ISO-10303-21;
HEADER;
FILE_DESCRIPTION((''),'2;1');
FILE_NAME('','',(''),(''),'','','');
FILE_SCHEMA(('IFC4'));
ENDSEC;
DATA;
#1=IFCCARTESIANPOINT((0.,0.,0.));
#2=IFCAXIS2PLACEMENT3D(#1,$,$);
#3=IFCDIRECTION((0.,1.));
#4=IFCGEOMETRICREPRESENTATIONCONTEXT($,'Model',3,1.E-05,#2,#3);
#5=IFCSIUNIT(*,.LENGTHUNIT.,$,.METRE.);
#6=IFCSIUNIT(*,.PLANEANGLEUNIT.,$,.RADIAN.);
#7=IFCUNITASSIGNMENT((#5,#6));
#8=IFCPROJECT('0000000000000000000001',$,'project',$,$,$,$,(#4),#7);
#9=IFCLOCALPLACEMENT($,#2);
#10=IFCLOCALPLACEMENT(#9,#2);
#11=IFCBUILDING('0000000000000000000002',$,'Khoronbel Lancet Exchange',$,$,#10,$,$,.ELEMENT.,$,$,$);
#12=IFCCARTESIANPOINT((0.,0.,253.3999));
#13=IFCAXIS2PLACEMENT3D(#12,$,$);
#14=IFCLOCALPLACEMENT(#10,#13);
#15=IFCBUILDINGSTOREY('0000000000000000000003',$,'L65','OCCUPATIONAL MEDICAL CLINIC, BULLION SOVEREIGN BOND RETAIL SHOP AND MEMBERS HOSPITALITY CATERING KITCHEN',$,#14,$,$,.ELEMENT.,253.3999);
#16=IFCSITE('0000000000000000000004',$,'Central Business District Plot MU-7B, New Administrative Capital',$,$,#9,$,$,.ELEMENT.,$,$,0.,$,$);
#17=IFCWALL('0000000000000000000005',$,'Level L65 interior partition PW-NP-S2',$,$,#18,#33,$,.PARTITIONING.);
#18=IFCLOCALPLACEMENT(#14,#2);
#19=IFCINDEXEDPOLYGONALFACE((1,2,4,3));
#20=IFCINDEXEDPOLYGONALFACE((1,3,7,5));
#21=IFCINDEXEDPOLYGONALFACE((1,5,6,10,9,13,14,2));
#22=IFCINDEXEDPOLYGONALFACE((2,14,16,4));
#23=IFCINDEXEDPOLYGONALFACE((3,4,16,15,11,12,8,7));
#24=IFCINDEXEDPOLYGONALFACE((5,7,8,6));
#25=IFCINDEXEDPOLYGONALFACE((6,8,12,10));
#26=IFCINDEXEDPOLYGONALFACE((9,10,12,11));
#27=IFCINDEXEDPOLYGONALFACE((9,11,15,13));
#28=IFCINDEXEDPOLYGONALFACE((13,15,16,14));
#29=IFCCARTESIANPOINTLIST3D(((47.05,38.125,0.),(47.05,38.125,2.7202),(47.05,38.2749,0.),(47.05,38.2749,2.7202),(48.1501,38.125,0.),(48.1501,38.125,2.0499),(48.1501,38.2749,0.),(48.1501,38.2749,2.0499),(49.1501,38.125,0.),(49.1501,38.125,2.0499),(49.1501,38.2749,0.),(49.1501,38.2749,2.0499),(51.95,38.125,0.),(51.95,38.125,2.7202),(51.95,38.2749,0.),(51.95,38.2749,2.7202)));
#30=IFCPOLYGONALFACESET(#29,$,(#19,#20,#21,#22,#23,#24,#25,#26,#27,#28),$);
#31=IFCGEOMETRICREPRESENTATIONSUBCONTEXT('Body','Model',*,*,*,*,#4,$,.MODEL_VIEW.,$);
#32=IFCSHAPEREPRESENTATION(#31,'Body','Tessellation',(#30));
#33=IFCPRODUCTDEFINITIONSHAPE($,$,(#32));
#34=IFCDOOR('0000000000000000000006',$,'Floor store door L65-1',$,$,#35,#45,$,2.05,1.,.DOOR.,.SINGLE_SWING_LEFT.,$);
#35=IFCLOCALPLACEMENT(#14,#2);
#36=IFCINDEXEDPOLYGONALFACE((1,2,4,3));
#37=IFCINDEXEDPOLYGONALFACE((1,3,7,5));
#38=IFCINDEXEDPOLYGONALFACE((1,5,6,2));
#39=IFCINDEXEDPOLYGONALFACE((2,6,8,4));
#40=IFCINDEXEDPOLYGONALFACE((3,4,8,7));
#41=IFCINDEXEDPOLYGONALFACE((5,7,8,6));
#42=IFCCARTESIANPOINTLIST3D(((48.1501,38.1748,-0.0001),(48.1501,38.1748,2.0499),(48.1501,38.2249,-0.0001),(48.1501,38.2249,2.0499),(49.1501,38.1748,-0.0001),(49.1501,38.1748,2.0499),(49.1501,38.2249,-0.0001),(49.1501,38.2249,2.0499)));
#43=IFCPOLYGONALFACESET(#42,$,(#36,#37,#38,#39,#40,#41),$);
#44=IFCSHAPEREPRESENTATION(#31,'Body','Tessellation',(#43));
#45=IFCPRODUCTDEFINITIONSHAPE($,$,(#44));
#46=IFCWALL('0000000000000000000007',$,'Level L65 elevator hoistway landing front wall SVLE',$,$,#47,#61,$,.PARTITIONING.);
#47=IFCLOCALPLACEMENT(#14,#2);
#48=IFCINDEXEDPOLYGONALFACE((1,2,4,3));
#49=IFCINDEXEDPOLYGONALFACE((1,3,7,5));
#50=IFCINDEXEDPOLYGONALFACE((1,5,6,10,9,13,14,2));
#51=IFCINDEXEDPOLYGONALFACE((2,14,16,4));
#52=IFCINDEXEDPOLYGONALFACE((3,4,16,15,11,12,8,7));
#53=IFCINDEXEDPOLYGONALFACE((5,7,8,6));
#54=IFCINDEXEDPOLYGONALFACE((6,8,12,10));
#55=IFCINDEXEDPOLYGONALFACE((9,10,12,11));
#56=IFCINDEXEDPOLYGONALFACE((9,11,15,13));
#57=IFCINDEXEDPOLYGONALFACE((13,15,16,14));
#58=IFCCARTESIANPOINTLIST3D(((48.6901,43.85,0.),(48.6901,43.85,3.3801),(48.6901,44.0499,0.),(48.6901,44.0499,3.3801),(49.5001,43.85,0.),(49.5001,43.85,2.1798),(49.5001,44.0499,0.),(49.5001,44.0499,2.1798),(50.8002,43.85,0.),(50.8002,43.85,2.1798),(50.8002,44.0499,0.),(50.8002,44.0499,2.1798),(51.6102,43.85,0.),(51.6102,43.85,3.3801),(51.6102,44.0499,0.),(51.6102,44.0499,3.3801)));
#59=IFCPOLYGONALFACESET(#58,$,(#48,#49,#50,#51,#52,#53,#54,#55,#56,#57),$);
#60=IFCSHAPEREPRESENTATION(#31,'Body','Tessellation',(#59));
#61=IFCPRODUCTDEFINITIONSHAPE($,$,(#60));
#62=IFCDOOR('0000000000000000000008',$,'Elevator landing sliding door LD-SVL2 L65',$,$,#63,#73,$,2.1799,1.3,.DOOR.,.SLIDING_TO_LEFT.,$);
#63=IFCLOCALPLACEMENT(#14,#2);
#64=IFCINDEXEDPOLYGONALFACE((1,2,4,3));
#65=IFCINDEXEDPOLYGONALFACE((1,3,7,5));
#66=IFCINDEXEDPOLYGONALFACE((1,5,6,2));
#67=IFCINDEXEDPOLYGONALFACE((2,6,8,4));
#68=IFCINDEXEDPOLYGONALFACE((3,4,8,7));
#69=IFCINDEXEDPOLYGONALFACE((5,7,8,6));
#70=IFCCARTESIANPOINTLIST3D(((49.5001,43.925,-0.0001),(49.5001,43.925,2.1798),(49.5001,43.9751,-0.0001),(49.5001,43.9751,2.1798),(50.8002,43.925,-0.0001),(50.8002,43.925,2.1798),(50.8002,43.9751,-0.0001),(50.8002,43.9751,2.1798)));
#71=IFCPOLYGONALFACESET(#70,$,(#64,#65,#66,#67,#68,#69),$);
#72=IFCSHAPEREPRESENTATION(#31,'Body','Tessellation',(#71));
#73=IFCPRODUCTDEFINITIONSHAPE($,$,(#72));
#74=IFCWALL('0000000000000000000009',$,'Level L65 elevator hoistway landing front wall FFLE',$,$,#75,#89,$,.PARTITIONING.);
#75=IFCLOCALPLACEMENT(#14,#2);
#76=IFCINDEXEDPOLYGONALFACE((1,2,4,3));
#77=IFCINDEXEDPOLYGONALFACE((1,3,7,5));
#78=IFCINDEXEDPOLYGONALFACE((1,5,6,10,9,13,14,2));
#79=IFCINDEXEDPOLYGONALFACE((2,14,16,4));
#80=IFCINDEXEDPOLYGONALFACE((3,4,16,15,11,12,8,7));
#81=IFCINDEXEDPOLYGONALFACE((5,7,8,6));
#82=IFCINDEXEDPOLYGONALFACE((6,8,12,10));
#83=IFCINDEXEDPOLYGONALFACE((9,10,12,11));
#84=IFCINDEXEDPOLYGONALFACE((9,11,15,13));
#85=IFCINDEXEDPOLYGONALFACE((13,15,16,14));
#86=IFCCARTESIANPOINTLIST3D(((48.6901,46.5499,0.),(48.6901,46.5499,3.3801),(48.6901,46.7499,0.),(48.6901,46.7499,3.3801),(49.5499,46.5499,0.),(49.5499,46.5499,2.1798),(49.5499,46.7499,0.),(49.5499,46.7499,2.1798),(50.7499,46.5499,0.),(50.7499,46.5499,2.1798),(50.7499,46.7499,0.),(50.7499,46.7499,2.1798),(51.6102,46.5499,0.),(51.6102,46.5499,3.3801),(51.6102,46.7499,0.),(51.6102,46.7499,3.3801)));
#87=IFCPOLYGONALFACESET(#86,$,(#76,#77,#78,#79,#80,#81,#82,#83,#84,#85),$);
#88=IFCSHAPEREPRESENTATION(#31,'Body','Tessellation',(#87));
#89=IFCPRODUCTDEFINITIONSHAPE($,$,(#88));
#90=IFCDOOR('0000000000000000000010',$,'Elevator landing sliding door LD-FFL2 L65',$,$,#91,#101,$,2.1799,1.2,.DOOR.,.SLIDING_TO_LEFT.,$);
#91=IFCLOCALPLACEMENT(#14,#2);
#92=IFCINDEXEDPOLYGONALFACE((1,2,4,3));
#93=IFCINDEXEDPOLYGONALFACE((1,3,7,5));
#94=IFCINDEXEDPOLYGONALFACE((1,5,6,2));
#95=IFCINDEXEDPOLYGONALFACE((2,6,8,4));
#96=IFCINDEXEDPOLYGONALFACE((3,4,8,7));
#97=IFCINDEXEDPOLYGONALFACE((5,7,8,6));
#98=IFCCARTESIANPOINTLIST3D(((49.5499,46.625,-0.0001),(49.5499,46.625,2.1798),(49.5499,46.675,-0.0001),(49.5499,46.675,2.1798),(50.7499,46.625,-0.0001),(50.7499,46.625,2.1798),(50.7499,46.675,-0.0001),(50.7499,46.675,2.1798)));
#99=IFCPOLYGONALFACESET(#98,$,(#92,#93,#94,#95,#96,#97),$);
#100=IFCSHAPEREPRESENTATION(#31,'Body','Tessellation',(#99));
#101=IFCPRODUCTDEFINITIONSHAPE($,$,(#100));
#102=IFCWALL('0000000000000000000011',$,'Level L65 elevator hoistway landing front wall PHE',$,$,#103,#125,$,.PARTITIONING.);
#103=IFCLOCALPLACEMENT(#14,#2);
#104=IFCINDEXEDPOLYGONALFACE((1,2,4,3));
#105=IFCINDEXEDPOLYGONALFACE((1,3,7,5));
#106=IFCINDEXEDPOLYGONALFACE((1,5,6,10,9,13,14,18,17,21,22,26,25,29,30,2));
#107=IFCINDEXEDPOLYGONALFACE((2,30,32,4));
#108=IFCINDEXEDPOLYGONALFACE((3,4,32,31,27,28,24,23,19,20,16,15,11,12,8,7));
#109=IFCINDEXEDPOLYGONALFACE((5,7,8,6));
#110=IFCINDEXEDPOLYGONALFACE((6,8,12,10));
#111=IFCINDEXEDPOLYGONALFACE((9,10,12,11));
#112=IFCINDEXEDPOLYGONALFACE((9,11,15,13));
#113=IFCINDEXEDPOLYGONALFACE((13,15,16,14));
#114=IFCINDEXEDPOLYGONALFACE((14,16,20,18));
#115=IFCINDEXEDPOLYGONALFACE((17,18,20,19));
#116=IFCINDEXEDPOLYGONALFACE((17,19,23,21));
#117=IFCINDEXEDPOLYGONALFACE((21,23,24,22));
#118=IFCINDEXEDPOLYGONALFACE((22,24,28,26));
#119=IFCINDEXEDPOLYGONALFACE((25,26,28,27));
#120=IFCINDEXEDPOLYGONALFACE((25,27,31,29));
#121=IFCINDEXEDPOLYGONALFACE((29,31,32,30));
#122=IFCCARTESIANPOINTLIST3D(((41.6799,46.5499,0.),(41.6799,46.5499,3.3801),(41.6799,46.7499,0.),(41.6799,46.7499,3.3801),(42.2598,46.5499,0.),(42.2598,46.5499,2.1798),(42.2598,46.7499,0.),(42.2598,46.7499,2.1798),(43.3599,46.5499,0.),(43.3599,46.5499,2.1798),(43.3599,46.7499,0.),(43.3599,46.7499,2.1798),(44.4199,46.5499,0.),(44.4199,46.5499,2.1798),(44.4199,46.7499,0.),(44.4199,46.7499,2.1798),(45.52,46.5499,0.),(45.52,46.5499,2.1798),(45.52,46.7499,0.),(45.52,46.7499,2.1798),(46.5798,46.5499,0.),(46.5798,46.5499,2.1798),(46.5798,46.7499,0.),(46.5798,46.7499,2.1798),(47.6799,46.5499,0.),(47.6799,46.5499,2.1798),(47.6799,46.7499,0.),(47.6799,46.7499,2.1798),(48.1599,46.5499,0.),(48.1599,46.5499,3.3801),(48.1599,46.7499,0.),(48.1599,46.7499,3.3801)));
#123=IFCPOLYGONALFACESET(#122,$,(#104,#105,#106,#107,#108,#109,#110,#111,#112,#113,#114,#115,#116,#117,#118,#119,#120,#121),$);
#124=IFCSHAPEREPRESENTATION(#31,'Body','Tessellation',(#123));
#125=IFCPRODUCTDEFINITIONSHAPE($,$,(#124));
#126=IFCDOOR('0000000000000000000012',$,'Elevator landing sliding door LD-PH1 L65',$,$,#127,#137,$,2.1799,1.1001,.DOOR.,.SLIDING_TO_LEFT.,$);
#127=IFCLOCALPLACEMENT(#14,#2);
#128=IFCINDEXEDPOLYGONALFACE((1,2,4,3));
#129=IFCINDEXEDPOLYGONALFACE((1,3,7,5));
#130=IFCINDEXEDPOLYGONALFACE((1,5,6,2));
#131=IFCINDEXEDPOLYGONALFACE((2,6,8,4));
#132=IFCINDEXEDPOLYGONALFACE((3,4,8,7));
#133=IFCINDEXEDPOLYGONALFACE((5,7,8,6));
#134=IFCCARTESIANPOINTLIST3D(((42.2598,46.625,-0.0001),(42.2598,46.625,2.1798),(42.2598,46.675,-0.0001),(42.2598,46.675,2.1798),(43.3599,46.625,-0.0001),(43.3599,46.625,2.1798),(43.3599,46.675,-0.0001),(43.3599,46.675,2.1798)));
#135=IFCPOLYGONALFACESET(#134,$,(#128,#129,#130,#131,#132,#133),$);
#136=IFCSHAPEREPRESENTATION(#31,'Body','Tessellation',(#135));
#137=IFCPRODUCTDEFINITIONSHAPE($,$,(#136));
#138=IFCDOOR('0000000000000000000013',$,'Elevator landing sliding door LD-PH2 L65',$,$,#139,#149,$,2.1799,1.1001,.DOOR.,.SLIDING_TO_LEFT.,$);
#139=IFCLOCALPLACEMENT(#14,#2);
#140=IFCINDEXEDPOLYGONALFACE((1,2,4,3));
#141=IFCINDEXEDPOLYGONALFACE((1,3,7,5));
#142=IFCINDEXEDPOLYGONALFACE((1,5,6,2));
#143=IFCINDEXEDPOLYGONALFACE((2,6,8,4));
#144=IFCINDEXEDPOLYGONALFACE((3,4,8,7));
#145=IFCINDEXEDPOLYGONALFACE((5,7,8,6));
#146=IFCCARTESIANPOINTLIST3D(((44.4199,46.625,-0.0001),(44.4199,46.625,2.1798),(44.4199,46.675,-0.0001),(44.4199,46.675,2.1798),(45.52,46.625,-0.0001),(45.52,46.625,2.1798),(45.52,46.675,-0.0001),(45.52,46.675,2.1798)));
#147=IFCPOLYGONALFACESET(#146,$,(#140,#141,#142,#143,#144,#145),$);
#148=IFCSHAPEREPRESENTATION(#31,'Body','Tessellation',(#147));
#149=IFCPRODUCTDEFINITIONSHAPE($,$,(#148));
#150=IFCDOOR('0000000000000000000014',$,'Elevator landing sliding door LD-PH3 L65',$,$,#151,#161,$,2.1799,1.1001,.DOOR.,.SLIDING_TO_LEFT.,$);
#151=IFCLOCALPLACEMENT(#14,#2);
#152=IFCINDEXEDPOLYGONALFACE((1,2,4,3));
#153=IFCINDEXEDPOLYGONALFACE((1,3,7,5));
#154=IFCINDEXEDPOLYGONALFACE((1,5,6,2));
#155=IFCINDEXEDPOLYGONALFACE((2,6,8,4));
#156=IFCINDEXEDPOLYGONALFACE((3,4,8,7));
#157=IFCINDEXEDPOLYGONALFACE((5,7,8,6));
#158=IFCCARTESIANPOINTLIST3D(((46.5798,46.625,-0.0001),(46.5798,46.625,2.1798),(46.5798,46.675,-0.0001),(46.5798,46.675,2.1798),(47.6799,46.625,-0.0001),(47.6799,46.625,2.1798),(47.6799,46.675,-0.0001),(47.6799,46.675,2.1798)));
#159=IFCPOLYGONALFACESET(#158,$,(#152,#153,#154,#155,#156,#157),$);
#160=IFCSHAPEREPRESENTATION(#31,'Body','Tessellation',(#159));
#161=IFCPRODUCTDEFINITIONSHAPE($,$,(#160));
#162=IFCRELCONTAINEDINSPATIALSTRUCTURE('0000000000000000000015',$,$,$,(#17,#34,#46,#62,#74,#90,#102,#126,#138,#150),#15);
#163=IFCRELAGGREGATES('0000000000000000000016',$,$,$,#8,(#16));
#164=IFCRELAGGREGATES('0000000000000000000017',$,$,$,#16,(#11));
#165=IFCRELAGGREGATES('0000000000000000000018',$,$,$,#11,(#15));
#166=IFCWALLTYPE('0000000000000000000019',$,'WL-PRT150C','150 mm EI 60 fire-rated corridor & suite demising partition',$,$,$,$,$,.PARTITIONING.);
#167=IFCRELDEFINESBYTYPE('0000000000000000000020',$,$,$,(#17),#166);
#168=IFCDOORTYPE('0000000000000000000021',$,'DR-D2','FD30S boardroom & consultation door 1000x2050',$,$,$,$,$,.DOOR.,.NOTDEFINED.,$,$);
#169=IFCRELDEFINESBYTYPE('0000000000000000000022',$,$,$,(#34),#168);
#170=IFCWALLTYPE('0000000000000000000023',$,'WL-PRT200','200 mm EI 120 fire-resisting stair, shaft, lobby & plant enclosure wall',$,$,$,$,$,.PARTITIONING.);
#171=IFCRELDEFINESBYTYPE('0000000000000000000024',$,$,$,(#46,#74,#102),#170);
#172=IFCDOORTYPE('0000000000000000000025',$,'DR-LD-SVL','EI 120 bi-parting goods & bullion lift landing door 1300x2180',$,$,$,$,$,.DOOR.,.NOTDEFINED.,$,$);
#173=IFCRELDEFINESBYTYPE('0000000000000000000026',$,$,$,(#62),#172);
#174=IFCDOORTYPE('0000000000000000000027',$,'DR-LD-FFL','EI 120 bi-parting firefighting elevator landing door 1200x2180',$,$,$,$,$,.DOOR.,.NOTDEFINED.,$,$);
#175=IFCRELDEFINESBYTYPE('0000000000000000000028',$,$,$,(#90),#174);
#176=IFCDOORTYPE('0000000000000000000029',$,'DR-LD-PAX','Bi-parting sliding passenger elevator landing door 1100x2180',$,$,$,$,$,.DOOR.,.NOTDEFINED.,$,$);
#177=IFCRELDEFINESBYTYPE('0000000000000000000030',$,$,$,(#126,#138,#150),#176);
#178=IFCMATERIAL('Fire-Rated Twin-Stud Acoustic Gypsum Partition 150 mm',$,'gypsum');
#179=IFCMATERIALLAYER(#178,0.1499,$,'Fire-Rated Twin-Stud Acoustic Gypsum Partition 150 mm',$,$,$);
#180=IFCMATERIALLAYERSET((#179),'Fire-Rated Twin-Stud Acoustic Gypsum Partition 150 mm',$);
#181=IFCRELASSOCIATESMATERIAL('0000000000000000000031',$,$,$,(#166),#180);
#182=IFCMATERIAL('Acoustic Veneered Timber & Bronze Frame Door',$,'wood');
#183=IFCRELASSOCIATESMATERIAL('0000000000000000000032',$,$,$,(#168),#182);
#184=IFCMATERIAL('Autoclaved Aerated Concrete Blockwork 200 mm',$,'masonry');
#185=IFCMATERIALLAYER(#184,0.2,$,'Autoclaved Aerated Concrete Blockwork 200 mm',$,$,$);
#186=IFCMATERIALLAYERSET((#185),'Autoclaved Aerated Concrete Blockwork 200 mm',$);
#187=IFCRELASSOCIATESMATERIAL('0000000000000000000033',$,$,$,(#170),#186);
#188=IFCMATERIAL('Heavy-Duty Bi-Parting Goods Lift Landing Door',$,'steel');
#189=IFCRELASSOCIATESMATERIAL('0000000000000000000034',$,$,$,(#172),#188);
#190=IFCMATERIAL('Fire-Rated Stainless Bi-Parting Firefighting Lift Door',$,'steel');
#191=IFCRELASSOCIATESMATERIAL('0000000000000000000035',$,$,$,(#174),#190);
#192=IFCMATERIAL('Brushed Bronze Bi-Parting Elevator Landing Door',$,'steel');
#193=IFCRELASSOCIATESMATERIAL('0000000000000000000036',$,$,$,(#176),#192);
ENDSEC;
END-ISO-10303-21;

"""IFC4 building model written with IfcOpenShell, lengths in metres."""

from ifc_helpers import new_model, si_unit, direction, frame, frame_2d, origin, place, context, subcontext, project, spatial, rectangle, extrude, material, layer, layer_set, type_object, element, fill, save


model = new_model("IFC4")

# Units and contexts
model_context = context("Model", 3, precision=1e-05, world=origin(), true_north=direction((0.0, 1.0)))
body_context = subcontext(model_context, "Body", "Model", "MODEL_VIEW")
ifc_project = project(units=[si_unit("LENGTHUNIT", "METRE"), si_unit("PLANEANGLEUNIT", "RADIAN")], contexts=[model_context])

# Site, building, storey
site_placement = place(None, origin())
site = spatial("IfcSite", under=ifc_project, at=site_placement, Name="Central Business District Plot MU-7B, New Administrative Capital", CompositionType="ELEMENT", RefElevation=0.0)
building_placement = place(site_placement, origin())
building = spatial("IfcBuilding", under=site, at=building_placement, Name="Khoronbel Lancet Exchange", CompositionType="ELEMENT")
storey_placement = place(building_placement, frame((0.0, 0.0, 253.3999)))
storey = spatial("IfcBuildingStorey", under=building, at=storey_placement, Name="L65", Description="OCCUPATIONAL MEDICAL CLINIC, BULLION SOVEREIGN BOND RETAIL SHOP AND MEMBERS HOSPITALITY CATERING KITCHEN", CompositionType="ELEMENT", Elevation=253.3999)

# Walls, openings, doors
ifc_material_1 = material(Name="Fire-Rated Twin-Stud Acoustic Gypsum Partition 150 mm", Category="gypsum")
ifc_layer_1 = layer(ifc_material_1, 0.1499, Name="Fire-Rated Twin-Stud Acoustic Gypsum Partition 150 mm")
ifc_layer_set_1 = layer_set([ifc_layer_1], Name="Fire-Rated Twin-Stud Acoustic Gypsum Partition 150 mm")
wall_type_1 = type_object("IfcWallType", Name="WL-PRT150C", Description="150 mm EI 60 fire-rated corridor & suite demising partition", PredefinedType="PARTITIONING", material=ifc_layer_set_1)
wall_1_placement = place(storey_placement, frame((47.05, 38.2, 0.0), z_axis=(0.0, 0.0, 1.0), x_axis=(1.0, 0.0, 0.0)))
wall_1 = element("IfcWall", 1, at=wall_1_placement, inside=storey, type_object=wall_type_1, Name="Level L65 interior partition PW-NP-S2", PredefinedType="PARTITIONING", context=body_context, shape_type="SweptSolid", body=[
    extrude(rectangle(XDim=4.8999, YDim=0.1499, at=frame_2d((2.45, 0.0))), origin(), (0.0, 0.0, 1.0), 2.7202),
])
opening_1_placement = place(wall_1_placement, frame((1.1001, 0.0, 0.0)))
opening_1 = element("IfcOpeningElement", 2, at=opening_1_placement, cuts=wall_1, PredefinedType="OPENING", context=body_context, shape_type="SweptSolid", body=[
    extrude(rectangle(XDim=1.0, YDim=2.05, at=frame_2d((0.5, 1.0249))), frame((0.0, 0.085, 0.0), z_axis=(0.0, -1.0, 0.0), x_axis=(1.0, 0.0, 0.0)), (0.0, 0.0, 1.0), 0.1699),
])
ifc_material_2 = material(Name="Acoustic Veneered Timber & Bronze Frame Door", Category="wood")
door_type_1 = type_object("IfcDoorType", Name="DR-D2", Description="FD30S boardroom & consultation door 1000x2050", OperationType="NOTDEFINED", PredefinedType="DOOR", material=ifc_material_2)
door_1_placement = place(opening_1_placement, origin())
door_1 = element("IfcDoor", 3, at=door_1_placement, inside=storey, type_object=door_type_1, Name="Floor store door L65-1", OperationType="SINGLE_SWING_LEFT", OverallHeight=2.05, OverallWidth=1.0, PredefinedType="DOOR", context=body_context, shape_type="SweptSolid", body=[
    extrude(rectangle(XDim=1.0, YDim=2.05, at=frame_2d((0.5, 1.0249))), frame((0.0, 0.0249, 0.0), z_axis=(0.0, -1.0, 0.0), x_axis=(1.0, 0.0, 0.0)), (0.0, 0.0, 1.0), 0.05),
])
fill(opening_1, door_1)
ifc_material_3 = material(Name="Autoclaved Aerated Concrete Blockwork 200 mm", Category="masonry")
ifc_layer_2 = layer(ifc_material_3, 0.2, Name="Autoclaved Aerated Concrete Blockwork 200 mm")
ifc_layer_set_2 = layer_set([ifc_layer_2], Name="Autoclaved Aerated Concrete Blockwork 200 mm")
wall_type_2 = type_object("IfcWallType", Name="WL-PRT200", Description="200 mm EI 120 fire-resisting stair, shaft, lobby & plant enclosure wall", PredefinedType="PARTITIONING", material=ifc_layer_set_2)
wall_2_placement = place(storey_placement, frame((51.6101, 43.95, 0.0), z_axis=(0.0, 0.0, 1.0), x_axis=(-1.0, 0.0, 0.0)))
wall_2 = element("IfcWall", 4, at=wall_2_placement, inside=storey, type_object=wall_type_2, Name="Level L65 elevator hoistway landing front wall SVLE", PredefinedType="PARTITIONING", context=body_context, shape_type="SweptSolid", body=[
    extrude(rectangle(XDim=2.9202, YDim=0.2, at=frame_2d((1.46, 0.0))), origin(), (0.0, 0.0, 1.0), 3.3801),
])
opening_2_placement = place(wall_2_placement, frame((0.8101, 0.0, 0.0)))
opening_2 = element("IfcOpeningElement", 5, at=opening_2_placement, cuts=wall_2, PredefinedType="OPENING", context=body_context, shape_type="SweptSolid", body=[
    extrude(rectangle(XDim=1.3, YDim=2.1799, at=frame_2d((0.6499, 1.0898))), frame((0.0, 0.1099, 0.0), z_axis=(0.0, -1.0, 0.0), x_axis=(1.0, 0.0, 0.0)), (0.0, 0.0, 1.0), 0.22),
])
ifc_material_4 = material(Name="Heavy-Duty Bi-Parting Goods Lift Landing Door", Category="steel")
door_type_2 = type_object("IfcDoorType", Name="DR-LD-SVL", Description="EI 120 bi-parting goods & bullion lift landing door 1300x2180", OperationType="NOTDEFINED", PredefinedType="DOOR", material=ifc_material_4)
door_2_placement = place(opening_2_placement, origin())
door_2 = element("IfcDoor", 6, at=door_2_placement, inside=storey, type_object=door_type_2, Name="Elevator landing sliding door LD-SVL2 L65", OperationType="SLIDING_TO_LEFT", OverallHeight=2.1799, OverallWidth=1.3, PredefinedType="DOOR", context=body_context, shape_type="SweptSolid", body=[
    extrude(rectangle(XDim=1.3, YDim=2.1799, at=frame_2d((0.6499, 1.0898))), frame((0.0, 0.0249, 0.0), z_axis=(0.0, -1.0, 0.0), x_axis=(1.0, 0.0, 0.0)), (0.0, 0.0, 1.0), 0.05),
])
fill(opening_2, door_2)
wall_3_placement = place(storey_placement, frame((51.6101, 46.6499, 0.0), z_axis=(0.0, 0.0, 1.0), x_axis=(-1.0, 0.0, 0.0)))
wall_3 = element("IfcWall", 7, at=wall_3_placement, inside=storey, type_object=wall_type_2, Name="Level L65 elevator hoistway landing front wall FFLE", PredefinedType="PARTITIONING", context=body_context, shape_type="SweptSolid", body=[
    extrude(rectangle(XDim=2.9202, YDim=0.2, at=frame_2d((1.46, 0.0))), origin(), (0.0, 0.0, 1.0), 3.3801),
])
opening_3_placement = place(wall_3_placement, frame((0.8601, 0.0, 0.0)))
opening_3 = element("IfcOpeningElement", 8, at=opening_3_placement, cuts=wall_3, PredefinedType="OPENING", context=body_context, shape_type="SweptSolid", body=[
    extrude(rectangle(XDim=1.2, YDim=2.1799, at=frame_2d((0.6001, 1.0898))), frame((0.0, 0.1099, 0.0), z_axis=(0.0, -1.0, 0.0), x_axis=(1.0, 0.0, 0.0)), (0.0, 0.0, 1.0), 0.22),
])
ifc_material_5 = material(Name="Fire-Rated Stainless Bi-Parting Firefighting Lift Door", Category="steel")
door_type_3 = type_object("IfcDoorType", Name="DR-LD-FFL", Description="EI 120 bi-parting firefighting elevator landing door 1200x2180", OperationType="NOTDEFINED", PredefinedType="DOOR", material=ifc_material_5)
door_3_placement = place(opening_3_placement, origin())
door_3 = element("IfcDoor", 9, at=door_3_placement, inside=storey, type_object=door_type_3, Name="Elevator landing sliding door LD-FFL2 L65", OperationType="SLIDING_TO_LEFT", OverallHeight=2.1799, OverallWidth=1.2, PredefinedType="DOOR", context=body_context, shape_type="SweptSolid", body=[
    extrude(rectangle(XDim=1.2, YDim=2.1799, at=frame_2d((0.6001, 1.0898))), frame((0.0, 0.0249, 0.0), z_axis=(0.0, -1.0, 0.0), x_axis=(1.0, 0.0, 0.0)), (0.0, 0.0, 1.0), 0.05),
])
fill(opening_3, door_3)

# Wall, openings, doors
wall_4_placement = place(storey_placement, frame((48.1599, 46.6499, 0.0), z_axis=(0.0, 0.0, 1.0), x_axis=(-1.0, 0.0, 0.0)))
wall_4 = element("IfcWall", 10, at=wall_4_placement, inside=storey, type_object=wall_type_2, Name="Level L65 elevator hoistway landing front wall PHE", PredefinedType="PARTITIONING", context=body_context, shape_type="SweptSolid", body=[
    extrude(rectangle(XDim=6.48, YDim=0.2, at=frame_2d((3.24, 0.0))), origin(), (0.0, 0.0, 1.0), 3.3801),
])
opening_4_placement = place(wall_4_placement, frame((4.8, 0.0, 0.0)))
opening_4 = element("IfcOpeningElement", 11, at=opening_4_placement, cuts=wall_4, PredefinedType="OPENING", context=body_context, shape_type="SweptSolid", body=[
    extrude(rectangle(XDim=1.1001, YDim=2.1799, at=frame_2d((0.55, 1.0898))), frame((0.0, 0.1099, 0.0), z_axis=(0.0, -1.0, 0.0), x_axis=(1.0, 0.0, 0.0)), (0.0, 0.0, 1.0), 0.22),
])
opening_5_placement = place(wall_4_placement, frame((2.6399, 0.0, 0.0)))
opening_5 = element("IfcOpeningElement", 12, at=opening_5_placement, cuts=wall_4, PredefinedType="OPENING", context=body_context, shape_type="SweptSolid", body=[
    extrude(rectangle(XDim=1.1001, YDim=2.1799, at=frame_2d((0.55, 1.0898))), frame((0.0, 0.1099, 0.0), z_axis=(0.0, -1.0, 0.0), x_axis=(1.0, 0.0, 0.0)), (0.0, 0.0, 1.0), 0.22),
])
opening_6_placement = place(wall_4_placement, frame((0.48, 0.0, 0.0)))
opening_6 = element("IfcOpeningElement", 13, at=opening_6_placement, cuts=wall_4, PredefinedType="OPENING", context=body_context, shape_type="SweptSolid", body=[
    extrude(rectangle(XDim=1.1001, YDim=2.1799, at=frame_2d((0.55, 1.0898))), frame((0.0, 0.1099, 0.0), z_axis=(0.0, -1.0, 0.0), x_axis=(1.0, 0.0, 0.0)), (0.0, 0.0, 1.0), 0.22),
])
ifc_material_6 = material(Name="Brushed Bronze Bi-Parting Elevator Landing Door", Category="steel")
door_type_4 = type_object("IfcDoorType", Name="DR-LD-PAX", Description="Bi-parting sliding passenger elevator landing door 1100x2180", OperationType="NOTDEFINED", PredefinedType="DOOR", material=ifc_material_6)
door_4_placement = place(opening_4_placement, origin())
door_4 = element("IfcDoor", 14, at=door_4_placement, inside=storey, type_object=door_type_4, Name="Elevator landing sliding door LD-PH1 L65", OperationType="SLIDING_TO_LEFT", OverallHeight=2.1799, OverallWidth=1.1001, PredefinedType="DOOR", context=body_context, shape_type="SweptSolid", body=[
    extrude(rectangle(XDim=1.1001, YDim=2.1799, at=frame_2d((0.55, 1.0898))), frame((0.0, 0.0249, 0.0), z_axis=(0.0, -1.0, 0.0), x_axis=(1.0, 0.0, 0.0)), (0.0, 0.0, 1.0), 0.05),
])
fill(opening_4, door_4)
door_5_placement = place(opening_5_placement, origin())
door_5 = element("IfcDoor", 15, at=door_5_placement, inside=storey, type_object=door_type_4, Name="Elevator landing sliding door LD-PH2 L65", OperationType="SLIDING_TO_LEFT", OverallHeight=2.1799, OverallWidth=1.1001, PredefinedType="DOOR", context=body_context, shape_type="SweptSolid", body=[
    extrude(rectangle(XDim=1.1001, YDim=2.1799, at=frame_2d((0.55, 1.0898))), frame((0.0, 0.0249, 0.0), z_axis=(0.0, -1.0, 0.0), x_axis=(1.0, 0.0, 0.0)), (0.0, 0.0, 1.0), 0.05),
])
fill(opening_5, door_5)
door_6_placement = place(opening_6_placement, origin())
door_6 = element("IfcDoor", 16, at=door_6_placement, inside=storey, type_object=door_type_4, Name="Elevator landing sliding door LD-PH3 L65", OperationType="SLIDING_TO_LEFT", OverallHeight=2.1799, OverallWidth=1.1001, PredefinedType="DOOR", context=body_context, shape_type="SweptSolid", body=[
    extrude(rectangle(XDim=1.1001, YDim=2.1799, at=frame_2d((0.55, 1.0898))), frame((0.0, 0.0249, 0.0), z_axis=(0.0, -1.0, 0.0), x_axis=(1.0, 0.0, 0.0)), (0.0, 0.0, 1.0), 0.05),
])
fill(opening_6, door_6)

save(model, "model.ifc")
